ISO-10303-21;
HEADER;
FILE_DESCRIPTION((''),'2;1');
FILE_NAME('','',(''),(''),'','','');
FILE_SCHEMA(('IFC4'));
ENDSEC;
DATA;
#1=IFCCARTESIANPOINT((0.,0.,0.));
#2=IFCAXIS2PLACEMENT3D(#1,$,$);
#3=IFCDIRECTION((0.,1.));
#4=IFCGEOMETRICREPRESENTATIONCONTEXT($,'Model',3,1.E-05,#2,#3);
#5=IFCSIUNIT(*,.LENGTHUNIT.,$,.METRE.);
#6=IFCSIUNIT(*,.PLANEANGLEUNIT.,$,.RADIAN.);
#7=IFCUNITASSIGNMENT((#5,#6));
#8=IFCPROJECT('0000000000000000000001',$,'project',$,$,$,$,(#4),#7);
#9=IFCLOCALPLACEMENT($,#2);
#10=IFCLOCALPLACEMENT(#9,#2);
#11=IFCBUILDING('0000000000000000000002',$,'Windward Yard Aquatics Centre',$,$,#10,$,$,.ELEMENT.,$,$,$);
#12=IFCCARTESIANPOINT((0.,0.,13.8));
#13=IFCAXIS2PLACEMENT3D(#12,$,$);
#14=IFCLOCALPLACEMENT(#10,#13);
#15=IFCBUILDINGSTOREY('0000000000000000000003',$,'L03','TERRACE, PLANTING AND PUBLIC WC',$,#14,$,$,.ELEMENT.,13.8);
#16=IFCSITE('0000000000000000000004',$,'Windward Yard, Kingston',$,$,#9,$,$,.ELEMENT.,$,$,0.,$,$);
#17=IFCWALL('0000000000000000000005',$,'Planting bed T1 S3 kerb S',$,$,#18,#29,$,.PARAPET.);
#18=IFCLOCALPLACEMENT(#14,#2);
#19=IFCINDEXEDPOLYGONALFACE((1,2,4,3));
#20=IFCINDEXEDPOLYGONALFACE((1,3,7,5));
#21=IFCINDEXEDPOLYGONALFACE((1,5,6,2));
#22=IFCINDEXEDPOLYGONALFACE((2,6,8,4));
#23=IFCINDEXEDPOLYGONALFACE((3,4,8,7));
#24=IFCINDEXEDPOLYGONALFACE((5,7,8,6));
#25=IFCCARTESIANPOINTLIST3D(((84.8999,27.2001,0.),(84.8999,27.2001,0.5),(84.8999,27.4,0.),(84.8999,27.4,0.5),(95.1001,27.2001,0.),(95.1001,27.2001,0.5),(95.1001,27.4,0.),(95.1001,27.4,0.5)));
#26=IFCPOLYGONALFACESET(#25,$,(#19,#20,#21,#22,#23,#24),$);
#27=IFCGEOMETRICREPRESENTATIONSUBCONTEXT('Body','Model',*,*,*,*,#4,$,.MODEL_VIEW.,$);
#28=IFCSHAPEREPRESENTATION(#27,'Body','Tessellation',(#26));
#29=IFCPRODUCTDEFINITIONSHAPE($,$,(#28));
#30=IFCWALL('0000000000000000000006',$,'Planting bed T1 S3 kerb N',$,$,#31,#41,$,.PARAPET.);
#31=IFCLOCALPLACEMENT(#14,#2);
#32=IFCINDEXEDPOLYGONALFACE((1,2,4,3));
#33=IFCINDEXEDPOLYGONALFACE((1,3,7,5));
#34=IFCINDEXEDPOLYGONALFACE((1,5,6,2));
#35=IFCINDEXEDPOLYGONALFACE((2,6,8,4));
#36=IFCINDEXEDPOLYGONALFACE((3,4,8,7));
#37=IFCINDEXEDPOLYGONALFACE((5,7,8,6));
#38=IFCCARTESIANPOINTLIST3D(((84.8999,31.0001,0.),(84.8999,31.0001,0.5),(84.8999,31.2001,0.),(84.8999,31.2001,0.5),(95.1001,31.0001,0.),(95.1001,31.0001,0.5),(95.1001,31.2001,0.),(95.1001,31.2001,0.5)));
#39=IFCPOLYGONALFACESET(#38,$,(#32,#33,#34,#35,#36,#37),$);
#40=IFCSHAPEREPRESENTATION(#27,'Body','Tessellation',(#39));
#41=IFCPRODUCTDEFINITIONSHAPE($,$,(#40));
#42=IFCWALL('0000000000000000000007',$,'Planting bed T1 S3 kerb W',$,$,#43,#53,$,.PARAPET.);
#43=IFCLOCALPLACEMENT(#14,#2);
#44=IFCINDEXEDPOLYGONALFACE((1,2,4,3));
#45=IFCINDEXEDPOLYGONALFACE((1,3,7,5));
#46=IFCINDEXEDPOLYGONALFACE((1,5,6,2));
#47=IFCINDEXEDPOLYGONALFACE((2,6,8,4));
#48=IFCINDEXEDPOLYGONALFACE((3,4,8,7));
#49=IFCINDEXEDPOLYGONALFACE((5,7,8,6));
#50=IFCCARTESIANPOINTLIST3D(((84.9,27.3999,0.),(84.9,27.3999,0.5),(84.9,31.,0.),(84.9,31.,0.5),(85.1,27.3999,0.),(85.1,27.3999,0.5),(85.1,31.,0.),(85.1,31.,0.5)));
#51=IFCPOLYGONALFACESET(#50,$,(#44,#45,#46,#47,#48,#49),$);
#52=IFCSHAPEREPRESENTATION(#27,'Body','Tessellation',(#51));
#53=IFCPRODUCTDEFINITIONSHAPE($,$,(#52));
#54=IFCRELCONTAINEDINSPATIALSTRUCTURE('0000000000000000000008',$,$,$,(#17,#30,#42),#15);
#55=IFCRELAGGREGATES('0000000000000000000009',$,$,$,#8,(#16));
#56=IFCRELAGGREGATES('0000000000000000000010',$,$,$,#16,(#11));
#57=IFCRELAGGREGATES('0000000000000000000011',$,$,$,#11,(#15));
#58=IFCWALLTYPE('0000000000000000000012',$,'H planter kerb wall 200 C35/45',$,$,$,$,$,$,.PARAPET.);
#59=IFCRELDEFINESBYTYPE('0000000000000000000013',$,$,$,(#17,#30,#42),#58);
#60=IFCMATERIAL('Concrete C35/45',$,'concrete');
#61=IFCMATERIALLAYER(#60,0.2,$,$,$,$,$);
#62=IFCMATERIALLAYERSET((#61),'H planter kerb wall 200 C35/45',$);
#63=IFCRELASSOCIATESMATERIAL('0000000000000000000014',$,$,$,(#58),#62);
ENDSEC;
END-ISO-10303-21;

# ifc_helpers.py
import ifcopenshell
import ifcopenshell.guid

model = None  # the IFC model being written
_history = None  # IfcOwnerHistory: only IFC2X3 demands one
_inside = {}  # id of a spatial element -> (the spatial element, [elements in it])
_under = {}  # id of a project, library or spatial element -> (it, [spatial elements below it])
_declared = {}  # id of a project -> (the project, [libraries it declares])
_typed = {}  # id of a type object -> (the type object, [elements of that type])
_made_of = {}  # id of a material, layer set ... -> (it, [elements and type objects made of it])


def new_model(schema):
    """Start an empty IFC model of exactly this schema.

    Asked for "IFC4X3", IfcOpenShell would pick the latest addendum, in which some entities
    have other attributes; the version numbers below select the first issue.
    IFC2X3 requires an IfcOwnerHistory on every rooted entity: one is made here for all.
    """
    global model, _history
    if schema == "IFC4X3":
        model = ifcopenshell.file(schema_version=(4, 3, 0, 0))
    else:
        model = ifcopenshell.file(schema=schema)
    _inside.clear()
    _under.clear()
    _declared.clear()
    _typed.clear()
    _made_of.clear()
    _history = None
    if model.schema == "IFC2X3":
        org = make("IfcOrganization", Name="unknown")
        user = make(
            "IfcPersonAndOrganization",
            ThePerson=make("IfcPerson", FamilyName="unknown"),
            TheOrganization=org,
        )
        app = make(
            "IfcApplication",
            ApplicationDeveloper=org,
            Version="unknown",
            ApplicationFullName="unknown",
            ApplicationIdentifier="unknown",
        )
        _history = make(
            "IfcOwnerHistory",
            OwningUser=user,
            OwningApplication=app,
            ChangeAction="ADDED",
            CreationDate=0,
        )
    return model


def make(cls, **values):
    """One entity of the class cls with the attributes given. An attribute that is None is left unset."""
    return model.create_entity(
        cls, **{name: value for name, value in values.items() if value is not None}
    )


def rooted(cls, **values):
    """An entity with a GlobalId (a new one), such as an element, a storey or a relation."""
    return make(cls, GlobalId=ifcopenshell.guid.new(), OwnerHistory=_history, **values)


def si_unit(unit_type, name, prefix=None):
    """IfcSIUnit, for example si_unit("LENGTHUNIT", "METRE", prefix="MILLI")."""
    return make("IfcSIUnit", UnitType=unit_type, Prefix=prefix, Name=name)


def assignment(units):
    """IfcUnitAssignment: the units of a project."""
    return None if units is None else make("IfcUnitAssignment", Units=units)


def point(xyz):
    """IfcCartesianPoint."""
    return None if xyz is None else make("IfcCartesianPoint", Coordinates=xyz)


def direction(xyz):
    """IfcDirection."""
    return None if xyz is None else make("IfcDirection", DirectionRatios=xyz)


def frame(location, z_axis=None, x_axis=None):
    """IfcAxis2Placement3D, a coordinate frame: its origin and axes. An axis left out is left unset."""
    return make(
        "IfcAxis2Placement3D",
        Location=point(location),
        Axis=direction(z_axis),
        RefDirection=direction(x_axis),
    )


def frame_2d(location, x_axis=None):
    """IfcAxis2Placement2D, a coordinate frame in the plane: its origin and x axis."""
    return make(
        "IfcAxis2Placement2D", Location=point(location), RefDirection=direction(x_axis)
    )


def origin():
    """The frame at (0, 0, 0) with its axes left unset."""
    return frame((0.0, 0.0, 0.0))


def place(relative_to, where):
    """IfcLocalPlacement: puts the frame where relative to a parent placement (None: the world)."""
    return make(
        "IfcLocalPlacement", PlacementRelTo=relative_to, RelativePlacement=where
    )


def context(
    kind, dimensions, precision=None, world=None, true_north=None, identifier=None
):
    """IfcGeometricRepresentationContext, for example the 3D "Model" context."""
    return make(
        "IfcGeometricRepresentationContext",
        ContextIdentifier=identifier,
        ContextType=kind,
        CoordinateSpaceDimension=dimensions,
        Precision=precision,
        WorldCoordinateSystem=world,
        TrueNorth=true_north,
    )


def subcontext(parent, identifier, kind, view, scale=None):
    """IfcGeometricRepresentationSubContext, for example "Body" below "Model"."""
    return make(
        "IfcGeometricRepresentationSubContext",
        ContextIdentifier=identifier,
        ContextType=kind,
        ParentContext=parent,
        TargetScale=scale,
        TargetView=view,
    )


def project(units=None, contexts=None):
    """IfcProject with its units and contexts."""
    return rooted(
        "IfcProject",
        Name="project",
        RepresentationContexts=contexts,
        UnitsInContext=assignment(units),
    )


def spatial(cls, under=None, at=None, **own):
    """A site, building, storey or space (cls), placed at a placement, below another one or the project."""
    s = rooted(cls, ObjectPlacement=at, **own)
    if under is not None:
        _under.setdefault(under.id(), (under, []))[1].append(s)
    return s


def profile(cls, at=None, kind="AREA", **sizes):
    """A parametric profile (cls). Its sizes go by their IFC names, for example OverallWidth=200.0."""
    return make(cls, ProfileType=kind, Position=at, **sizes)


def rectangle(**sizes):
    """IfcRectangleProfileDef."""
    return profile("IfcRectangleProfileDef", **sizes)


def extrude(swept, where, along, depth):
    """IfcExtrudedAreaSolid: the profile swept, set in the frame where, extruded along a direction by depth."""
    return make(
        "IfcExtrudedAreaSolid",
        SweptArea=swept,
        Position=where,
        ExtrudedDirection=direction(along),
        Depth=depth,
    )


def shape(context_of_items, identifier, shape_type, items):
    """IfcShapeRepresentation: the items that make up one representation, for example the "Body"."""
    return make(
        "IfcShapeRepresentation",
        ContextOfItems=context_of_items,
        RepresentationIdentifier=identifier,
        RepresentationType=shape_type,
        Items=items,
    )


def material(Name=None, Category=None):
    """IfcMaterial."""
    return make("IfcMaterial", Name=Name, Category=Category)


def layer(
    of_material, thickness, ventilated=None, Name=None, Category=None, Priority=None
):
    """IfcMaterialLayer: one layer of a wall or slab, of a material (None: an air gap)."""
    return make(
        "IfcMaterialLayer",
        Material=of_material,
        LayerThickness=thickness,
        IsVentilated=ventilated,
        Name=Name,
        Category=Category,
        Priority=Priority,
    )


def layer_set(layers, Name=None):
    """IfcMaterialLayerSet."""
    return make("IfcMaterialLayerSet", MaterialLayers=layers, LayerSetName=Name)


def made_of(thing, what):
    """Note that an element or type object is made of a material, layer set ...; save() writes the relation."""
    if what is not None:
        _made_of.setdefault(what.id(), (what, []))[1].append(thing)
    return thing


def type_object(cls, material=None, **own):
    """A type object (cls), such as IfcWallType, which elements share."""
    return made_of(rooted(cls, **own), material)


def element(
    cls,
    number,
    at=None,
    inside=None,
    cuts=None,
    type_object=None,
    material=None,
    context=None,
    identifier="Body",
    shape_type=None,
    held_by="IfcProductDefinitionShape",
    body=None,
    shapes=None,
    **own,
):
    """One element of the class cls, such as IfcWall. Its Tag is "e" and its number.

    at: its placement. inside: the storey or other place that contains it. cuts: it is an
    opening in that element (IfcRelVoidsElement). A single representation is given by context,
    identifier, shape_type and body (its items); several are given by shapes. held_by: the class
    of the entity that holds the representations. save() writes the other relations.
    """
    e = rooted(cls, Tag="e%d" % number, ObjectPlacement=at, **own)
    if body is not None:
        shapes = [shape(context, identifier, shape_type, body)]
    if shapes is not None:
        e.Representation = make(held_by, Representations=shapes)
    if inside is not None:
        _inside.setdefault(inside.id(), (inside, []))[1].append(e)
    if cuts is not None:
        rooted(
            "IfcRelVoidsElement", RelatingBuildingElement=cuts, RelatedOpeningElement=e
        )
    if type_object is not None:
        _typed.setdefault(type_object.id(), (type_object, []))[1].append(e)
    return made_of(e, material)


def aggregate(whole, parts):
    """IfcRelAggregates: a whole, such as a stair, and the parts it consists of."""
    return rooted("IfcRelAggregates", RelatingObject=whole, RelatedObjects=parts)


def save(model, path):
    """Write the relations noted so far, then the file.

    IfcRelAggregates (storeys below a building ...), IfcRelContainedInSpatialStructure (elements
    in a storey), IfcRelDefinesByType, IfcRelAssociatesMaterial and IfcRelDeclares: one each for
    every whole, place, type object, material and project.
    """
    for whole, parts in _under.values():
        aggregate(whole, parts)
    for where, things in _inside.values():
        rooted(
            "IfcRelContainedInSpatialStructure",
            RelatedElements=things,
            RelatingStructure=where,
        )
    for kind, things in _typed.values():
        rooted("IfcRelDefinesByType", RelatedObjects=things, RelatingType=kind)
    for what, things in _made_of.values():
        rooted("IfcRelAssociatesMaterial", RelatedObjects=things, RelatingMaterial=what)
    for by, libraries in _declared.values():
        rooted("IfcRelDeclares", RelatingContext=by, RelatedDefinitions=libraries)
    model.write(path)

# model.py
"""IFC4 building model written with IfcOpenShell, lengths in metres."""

from ifc_helpers import new_model, si_unit, direction, frame, frame_2d, origin, place, context, subcontext, project, spatial, rectangle, extrude, material, layer, layer_set, type_object, element, save


model = new_model("IFC4")

# Units and contexts
model_context = context("Model", 3, precision=1e-05, world=origin(), true_north=direction((0.0, 1.0)))
body_context = subcontext(model_context, "Body", "Model", "MODEL_VIEW")
ifc_project = project(units=[si_unit("LENGTHUNIT", "METRE"), si_unit("PLANEANGLEUNIT", "RADIAN")], contexts=[model_context])

# Site, building, storey
site_placement = place(None, origin())
site = spatial("IfcSite", under=ifc_project, at=site_placement, Name="Windward Yard, Kingston", CompositionType="ELEMENT", RefElevation=0.0)
building_placement = place(site_placement, origin())
building = spatial("IfcBuilding", under=site, at=building_placement, Name="Windward Yard Aquatics Centre", CompositionType="ELEMENT")
storey_placement = place(building_placement, frame((0.0, 0.0, 13.8)))
storey = spatial("IfcBuildingStorey", under=building, at=storey_placement, Name="L03", Description="TERRACE, PLANTING AND PUBLIC WC", CompositionType="ELEMENT", Elevation=13.8)

# Walls
ifc_material_1 = material(Name="Concrete C35/45", Category="concrete")
ifc_layer_1 = layer(ifc_material_1, 0.2)
ifc_layer_set_1 = layer_set([ifc_layer_1], Name="H planter kerb wall 200 C35/45")
wall_type = type_object("IfcWallType", Name="H planter kerb wall 200 C35/45", PredefinedType="PARAPET", material=ifc_layer_set_1)
for number, where, z_axis, x_axis, name in (
    (1, (84.8999, 27.3, 0.0), (0.0, 0.0, 1.0), (1.0, 0.0, 0.0), "Planting bed T1 S3 kerb S"),
    (2, (84.8999, 31.1001, 0.0), (0.0, 0.0, 1.0), (1.0, 0.0, 0.0), "Planting bed T1 S3 kerb N"),
):
    element("IfcWall", number, at=place(storey_placement, frame(where, z_axis=z_axis, x_axis=x_axis)), inside=storey, type_object=wall_type, Name=name, PredefinedType="PARAPET", context=body_context, shape_type="SweptSolid", body=[
        extrude(rectangle(XDim=10.2002, YDim=0.2, at=frame_2d((5.1001, 0.0))), origin(), (0.0, 0.0, 1.0), 0.5),
    ])
wall_placement = place(storey_placement, frame((85.0, 27.3999, 0.0), z_axis=(0.0, 0.0, 1.0), x_axis=(0.0, 1.0, 0.0)))
element("IfcWall", 3, at=wall_placement, inside=storey, type_object=wall_type, Name="Planting bed T1 S3 kerb W", PredefinedType="PARAPET", context=body_context, shape_type="SweptSolid", body=[
    extrude(rectangle(XDim=3.6001, YDim=0.2, at=frame_2d((1.8, 0.0))), origin(), (0.0, 0.0, 1.0), 0.5),
])

save(model, "model.ifc")
